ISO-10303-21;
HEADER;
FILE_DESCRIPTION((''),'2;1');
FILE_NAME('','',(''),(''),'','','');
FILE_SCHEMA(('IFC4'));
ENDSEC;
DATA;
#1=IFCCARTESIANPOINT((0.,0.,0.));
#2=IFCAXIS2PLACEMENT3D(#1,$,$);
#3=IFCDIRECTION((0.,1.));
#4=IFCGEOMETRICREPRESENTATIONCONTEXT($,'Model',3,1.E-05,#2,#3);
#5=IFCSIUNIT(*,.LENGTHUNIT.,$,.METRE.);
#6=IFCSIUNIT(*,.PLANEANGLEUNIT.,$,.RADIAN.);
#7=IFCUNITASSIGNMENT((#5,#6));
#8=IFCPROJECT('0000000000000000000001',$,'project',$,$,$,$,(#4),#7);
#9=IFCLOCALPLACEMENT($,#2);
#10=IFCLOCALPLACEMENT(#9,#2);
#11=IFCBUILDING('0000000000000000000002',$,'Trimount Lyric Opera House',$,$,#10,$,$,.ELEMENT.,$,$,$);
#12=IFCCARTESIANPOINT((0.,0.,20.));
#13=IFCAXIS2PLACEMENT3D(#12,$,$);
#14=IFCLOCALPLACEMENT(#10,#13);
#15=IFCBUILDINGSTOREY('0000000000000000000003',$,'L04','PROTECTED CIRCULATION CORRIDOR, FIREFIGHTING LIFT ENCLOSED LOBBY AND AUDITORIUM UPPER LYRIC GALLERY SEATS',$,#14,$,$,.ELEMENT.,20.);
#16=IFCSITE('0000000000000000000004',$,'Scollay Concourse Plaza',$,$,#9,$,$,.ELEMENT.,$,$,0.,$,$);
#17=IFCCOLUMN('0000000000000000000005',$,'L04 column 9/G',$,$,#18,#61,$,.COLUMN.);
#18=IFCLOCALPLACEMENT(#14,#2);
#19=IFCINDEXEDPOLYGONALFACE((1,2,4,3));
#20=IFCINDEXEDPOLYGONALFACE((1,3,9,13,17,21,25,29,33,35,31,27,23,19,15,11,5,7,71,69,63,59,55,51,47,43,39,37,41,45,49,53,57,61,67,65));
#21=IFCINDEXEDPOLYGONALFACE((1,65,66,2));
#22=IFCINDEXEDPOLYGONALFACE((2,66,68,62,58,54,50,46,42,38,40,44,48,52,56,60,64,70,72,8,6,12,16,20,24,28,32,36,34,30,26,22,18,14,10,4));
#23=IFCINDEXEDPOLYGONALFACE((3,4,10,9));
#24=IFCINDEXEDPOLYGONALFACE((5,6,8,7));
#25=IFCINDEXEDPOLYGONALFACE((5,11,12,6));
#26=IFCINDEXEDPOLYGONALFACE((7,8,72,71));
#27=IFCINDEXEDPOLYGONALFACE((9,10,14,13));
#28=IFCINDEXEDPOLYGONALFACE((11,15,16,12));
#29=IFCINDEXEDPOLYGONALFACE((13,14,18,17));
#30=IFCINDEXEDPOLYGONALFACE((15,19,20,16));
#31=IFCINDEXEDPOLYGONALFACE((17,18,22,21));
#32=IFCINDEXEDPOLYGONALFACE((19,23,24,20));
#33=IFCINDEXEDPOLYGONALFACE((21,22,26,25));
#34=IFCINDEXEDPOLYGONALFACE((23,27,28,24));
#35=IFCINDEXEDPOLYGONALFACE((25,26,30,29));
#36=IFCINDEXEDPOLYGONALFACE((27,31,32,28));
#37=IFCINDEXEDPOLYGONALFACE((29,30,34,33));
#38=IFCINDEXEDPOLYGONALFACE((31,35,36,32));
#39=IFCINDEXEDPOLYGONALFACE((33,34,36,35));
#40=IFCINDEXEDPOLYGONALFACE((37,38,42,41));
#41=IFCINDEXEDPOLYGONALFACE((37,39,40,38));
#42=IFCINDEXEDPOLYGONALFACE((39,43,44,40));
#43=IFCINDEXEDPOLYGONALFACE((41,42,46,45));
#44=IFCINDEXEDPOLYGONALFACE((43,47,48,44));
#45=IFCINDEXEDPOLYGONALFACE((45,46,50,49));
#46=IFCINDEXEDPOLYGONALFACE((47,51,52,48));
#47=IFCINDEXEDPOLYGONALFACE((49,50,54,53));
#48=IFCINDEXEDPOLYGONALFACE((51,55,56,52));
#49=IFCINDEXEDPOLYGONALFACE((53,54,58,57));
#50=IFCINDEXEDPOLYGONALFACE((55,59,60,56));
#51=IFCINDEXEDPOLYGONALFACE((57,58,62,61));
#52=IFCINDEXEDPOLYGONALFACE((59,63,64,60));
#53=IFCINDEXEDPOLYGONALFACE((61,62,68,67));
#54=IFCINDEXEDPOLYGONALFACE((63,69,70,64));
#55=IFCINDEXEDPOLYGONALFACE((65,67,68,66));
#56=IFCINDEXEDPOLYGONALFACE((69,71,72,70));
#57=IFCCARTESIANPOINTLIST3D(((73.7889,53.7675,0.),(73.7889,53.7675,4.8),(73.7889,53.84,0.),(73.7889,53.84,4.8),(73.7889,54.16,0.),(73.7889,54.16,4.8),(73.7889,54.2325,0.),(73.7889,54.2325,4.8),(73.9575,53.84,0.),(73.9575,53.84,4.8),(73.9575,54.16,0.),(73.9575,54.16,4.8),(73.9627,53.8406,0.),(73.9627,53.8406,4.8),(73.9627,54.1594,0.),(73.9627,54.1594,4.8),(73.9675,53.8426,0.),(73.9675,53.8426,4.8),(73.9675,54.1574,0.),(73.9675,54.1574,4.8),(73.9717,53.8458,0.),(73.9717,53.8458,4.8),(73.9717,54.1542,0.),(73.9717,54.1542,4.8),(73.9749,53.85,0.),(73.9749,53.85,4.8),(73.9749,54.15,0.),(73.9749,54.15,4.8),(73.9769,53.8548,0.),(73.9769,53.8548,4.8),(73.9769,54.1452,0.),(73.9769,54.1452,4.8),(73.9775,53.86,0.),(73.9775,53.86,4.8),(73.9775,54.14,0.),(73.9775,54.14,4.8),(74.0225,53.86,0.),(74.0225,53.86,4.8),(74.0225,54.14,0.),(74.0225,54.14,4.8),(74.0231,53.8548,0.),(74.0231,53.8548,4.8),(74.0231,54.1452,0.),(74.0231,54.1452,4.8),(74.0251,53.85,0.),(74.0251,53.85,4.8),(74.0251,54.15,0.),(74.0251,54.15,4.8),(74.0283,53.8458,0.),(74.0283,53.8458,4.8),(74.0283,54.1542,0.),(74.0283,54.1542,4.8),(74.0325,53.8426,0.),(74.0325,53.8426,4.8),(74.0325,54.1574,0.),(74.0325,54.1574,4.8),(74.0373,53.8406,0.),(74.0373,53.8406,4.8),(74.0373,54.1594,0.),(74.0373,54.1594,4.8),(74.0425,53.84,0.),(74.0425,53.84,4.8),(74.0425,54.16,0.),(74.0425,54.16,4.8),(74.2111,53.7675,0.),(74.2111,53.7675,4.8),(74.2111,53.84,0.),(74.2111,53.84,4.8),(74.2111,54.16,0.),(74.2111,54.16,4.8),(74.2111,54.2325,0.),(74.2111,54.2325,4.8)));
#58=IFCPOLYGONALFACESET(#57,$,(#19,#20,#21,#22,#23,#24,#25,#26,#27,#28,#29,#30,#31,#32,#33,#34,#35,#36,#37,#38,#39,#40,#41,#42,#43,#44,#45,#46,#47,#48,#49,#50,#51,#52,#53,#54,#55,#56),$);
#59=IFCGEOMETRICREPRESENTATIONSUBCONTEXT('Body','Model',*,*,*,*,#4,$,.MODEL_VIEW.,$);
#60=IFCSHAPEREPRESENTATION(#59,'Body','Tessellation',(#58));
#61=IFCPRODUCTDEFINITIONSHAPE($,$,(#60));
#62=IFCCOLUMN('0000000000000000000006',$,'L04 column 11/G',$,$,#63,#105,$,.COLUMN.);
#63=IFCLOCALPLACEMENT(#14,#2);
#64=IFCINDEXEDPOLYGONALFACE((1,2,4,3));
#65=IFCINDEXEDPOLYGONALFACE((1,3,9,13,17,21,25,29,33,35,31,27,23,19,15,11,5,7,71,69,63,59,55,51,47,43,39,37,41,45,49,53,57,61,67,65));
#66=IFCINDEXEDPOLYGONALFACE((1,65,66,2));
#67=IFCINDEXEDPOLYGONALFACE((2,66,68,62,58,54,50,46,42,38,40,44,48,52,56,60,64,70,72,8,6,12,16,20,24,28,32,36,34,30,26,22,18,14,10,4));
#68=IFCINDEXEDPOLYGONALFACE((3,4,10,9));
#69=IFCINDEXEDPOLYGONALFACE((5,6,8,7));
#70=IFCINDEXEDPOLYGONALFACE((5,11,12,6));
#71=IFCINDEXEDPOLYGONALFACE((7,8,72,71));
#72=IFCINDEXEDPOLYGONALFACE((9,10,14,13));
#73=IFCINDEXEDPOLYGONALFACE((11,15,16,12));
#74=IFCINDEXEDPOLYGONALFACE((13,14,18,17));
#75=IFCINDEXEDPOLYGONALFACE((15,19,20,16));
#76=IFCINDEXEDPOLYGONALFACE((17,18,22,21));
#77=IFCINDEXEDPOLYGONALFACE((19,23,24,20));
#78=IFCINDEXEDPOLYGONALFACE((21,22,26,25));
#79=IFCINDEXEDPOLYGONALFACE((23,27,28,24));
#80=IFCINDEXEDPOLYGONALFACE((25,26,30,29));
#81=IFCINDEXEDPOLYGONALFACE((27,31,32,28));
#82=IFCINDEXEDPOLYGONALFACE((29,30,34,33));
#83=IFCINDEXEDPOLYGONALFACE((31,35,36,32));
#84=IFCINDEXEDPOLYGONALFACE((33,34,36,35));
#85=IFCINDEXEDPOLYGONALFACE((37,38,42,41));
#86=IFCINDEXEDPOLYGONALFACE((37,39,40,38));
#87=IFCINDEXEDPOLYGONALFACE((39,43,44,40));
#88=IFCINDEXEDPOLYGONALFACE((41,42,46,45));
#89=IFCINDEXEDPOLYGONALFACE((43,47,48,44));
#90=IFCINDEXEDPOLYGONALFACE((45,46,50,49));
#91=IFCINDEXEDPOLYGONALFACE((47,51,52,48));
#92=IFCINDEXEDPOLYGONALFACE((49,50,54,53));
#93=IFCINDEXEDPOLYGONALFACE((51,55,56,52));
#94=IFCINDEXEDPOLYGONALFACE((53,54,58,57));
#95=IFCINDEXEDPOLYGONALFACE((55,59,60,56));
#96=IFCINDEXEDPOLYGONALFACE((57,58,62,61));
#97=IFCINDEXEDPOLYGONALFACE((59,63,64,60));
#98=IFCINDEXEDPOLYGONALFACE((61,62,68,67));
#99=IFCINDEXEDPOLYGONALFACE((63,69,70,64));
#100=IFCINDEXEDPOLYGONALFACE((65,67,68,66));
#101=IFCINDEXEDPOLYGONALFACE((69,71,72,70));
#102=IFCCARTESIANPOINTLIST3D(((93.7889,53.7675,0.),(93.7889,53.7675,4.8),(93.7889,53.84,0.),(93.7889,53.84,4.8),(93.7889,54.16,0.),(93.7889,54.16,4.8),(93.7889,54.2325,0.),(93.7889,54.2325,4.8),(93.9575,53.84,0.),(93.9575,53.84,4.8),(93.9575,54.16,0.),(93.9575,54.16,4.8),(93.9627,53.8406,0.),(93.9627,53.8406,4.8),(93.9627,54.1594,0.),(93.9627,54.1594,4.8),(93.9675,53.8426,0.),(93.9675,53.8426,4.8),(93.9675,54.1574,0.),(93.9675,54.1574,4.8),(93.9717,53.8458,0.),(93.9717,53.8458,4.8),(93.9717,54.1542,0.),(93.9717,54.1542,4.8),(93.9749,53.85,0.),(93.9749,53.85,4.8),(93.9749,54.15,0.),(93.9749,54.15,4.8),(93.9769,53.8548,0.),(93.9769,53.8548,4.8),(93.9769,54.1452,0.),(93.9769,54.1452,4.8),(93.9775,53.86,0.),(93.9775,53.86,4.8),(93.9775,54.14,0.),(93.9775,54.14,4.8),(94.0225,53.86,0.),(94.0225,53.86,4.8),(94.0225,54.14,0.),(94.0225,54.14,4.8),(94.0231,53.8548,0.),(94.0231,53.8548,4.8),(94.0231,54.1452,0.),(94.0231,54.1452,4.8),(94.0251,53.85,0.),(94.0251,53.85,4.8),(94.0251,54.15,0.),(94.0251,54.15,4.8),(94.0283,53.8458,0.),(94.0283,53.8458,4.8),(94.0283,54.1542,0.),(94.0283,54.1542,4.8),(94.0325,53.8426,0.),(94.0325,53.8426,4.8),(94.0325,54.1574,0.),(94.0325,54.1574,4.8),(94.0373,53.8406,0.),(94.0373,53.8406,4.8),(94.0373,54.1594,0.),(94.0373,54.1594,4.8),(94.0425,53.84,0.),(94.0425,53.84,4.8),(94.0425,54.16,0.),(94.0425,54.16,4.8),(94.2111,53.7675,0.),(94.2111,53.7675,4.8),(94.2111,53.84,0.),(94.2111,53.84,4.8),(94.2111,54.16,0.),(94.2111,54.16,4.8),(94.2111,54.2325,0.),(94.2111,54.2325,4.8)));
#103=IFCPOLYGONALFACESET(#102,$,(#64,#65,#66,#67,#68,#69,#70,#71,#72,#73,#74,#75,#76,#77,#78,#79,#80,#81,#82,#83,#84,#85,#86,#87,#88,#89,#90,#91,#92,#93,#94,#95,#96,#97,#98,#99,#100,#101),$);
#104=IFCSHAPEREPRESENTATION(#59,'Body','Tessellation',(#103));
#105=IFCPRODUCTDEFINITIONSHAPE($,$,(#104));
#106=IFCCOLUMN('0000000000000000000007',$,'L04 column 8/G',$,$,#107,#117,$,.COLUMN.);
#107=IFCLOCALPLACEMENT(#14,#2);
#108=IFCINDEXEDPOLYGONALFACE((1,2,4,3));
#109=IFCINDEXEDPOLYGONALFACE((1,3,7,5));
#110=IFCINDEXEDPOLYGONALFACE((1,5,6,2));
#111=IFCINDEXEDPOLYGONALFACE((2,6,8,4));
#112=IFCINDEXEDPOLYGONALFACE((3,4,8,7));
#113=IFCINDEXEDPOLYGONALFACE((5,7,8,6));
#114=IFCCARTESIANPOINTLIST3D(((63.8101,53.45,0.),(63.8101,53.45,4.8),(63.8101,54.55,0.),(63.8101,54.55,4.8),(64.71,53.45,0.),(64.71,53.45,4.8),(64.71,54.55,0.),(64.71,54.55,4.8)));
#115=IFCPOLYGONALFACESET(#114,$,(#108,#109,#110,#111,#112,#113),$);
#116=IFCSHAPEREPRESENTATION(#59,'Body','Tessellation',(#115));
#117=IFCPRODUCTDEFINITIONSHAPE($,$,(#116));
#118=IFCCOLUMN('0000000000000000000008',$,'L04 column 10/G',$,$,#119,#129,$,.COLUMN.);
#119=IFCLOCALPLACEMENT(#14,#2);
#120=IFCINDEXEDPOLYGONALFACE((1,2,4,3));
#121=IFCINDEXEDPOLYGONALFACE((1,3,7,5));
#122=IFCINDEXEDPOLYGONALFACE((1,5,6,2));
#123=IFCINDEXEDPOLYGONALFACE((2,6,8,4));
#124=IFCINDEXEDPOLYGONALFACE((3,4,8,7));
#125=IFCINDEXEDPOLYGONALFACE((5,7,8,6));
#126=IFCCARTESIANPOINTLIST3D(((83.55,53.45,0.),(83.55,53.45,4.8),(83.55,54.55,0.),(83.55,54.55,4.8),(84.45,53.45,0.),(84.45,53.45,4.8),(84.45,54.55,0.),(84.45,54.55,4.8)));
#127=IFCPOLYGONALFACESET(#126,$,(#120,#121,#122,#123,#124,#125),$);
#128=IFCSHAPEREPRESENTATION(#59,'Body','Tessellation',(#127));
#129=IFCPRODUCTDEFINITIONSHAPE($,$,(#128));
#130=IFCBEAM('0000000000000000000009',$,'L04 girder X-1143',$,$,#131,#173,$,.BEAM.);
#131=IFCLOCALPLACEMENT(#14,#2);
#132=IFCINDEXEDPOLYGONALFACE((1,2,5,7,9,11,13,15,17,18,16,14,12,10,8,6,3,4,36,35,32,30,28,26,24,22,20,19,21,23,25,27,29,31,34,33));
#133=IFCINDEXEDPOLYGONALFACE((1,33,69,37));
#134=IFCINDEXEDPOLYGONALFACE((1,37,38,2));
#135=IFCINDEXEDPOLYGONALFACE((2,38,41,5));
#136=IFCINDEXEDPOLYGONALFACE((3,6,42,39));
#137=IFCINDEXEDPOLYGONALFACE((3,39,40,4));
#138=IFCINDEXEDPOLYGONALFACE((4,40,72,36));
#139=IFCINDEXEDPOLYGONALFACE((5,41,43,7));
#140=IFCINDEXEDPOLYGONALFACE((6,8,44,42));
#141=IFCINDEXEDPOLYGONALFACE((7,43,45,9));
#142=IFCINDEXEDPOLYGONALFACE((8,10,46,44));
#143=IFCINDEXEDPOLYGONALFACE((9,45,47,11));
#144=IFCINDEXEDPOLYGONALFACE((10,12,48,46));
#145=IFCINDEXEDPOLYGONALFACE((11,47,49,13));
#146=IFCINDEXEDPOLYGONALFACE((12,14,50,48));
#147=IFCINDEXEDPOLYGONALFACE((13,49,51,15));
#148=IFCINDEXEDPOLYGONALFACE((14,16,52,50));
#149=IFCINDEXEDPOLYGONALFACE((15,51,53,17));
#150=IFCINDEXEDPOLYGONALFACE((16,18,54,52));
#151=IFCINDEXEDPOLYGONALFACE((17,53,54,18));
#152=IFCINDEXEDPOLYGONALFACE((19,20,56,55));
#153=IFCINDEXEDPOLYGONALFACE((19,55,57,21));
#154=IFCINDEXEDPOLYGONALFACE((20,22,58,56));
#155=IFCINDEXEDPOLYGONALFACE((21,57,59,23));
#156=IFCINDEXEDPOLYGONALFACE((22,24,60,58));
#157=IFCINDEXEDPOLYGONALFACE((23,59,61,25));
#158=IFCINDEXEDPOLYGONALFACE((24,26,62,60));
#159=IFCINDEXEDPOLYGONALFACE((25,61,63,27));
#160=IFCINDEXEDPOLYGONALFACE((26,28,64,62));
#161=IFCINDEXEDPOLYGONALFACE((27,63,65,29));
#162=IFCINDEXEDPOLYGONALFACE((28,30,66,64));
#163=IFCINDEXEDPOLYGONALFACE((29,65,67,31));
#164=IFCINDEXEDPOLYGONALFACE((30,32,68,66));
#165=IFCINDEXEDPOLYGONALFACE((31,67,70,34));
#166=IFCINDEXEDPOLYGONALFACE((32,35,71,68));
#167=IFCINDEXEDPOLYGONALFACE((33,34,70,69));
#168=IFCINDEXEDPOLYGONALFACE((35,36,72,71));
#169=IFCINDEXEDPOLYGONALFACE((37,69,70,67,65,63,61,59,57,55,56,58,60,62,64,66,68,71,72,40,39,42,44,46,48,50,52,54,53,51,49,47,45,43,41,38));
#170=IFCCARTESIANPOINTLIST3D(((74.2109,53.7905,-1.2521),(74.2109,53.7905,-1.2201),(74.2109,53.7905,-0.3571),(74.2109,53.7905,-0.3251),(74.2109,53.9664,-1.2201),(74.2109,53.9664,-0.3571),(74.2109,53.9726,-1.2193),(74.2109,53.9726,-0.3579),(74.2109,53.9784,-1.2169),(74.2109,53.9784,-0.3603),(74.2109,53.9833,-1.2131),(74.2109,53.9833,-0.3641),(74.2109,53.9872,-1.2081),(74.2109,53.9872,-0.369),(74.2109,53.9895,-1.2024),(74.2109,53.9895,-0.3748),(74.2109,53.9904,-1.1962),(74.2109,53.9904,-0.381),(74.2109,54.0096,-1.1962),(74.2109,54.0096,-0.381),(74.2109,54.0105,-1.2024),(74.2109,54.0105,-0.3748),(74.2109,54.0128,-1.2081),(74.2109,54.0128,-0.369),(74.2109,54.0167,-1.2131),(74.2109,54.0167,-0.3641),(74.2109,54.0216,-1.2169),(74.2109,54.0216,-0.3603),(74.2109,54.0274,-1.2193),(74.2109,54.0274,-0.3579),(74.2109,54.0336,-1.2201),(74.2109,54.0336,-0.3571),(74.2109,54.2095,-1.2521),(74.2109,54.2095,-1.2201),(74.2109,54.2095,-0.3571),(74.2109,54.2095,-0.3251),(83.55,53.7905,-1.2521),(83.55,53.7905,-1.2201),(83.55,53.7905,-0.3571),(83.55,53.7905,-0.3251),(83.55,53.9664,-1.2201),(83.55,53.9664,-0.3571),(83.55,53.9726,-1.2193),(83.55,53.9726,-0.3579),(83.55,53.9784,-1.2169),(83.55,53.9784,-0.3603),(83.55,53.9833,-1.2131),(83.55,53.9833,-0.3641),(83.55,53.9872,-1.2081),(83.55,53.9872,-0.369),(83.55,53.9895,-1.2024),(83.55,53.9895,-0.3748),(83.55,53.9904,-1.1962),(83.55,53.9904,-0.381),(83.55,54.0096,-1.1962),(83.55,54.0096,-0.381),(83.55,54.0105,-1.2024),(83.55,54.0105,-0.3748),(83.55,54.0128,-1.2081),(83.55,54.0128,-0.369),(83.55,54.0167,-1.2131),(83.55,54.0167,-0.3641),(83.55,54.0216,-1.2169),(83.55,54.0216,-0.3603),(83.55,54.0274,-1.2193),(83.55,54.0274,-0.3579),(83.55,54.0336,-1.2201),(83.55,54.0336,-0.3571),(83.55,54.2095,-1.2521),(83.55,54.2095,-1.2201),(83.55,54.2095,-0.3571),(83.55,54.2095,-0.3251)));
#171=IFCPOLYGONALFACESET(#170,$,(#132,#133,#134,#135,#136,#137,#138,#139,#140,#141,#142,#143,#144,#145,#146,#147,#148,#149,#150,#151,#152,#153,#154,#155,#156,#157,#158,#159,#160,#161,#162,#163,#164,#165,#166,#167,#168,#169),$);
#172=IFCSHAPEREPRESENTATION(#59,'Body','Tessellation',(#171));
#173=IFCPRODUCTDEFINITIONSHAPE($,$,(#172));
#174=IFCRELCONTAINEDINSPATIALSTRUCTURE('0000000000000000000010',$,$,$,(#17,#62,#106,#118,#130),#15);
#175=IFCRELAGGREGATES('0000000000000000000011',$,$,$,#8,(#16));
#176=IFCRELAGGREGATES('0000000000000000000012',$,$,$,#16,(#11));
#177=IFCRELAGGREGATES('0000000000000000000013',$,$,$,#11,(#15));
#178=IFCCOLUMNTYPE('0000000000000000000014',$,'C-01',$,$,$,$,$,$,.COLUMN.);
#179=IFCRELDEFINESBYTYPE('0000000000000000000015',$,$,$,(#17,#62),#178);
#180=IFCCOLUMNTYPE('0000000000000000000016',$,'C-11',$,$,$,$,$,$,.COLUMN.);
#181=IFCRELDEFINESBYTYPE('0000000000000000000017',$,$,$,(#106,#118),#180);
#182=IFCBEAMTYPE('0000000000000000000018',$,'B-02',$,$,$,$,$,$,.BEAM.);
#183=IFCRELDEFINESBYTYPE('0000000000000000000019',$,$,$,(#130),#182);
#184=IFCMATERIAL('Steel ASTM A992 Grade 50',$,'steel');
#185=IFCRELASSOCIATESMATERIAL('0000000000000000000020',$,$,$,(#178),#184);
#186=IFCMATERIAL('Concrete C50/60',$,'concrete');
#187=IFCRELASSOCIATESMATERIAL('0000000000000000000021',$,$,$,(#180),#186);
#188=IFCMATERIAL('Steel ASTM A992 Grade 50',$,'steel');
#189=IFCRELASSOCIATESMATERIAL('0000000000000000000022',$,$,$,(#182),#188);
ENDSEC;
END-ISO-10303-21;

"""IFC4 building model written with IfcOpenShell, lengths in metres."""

from ifc_helpers import new_model, si_unit, direction, frame, origin, origin_2d, place, context, subcontext, project, spatial, rectangle, i_section, extrude, material, material_profile, profile_set, type_object, element, save


model = new_model("IFC4")

# Units and contexts
model_context = context("Model", 3, precision=1e-05, world=origin(), true_north=direction((0.0, 1.0)))
body_context = subcontext(model_context, "Body", "Model", "MODEL_VIEW")
ifc_project = project(units=[si_unit("LENGTHUNIT", "METRE"), si_unit("PLANEANGLEUNIT", "RADIAN")], contexts=[model_context])

# Site, building, storey
site_placement = place(None, origin())
site = spatial("IfcSite", under=ifc_project, at=site_placement, Name="Scollay Concourse Plaza", CompositionType="ELEMENT", RefElevation=0.0)
building_placement = place(site_placement, origin())
building = spatial("IfcBuilding", under=site, at=building_placement, Name="Trimount Lyric Opera House", CompositionType="ELEMENT")
storey_placement = place(building_placement, frame((0.0, 0.0, 20.0)))
storey = spatial("IfcBuildingStorey", under=building, at=storey_placement, Name="L04", Description="PROTECTED CIRCULATION CORRIDOR, FIREFIGHTING LIFT ENCLOSED LOBBY AND AUDITORIUM UPPER LYRIC GALLERY SEATS", CompositionType="ELEMENT", Elevation=20.0)

# Columns
ifc_material_1 = material(Name="Steel ASTM A992 Grade 50", Category="steel")
ifc_material_profile_1 = material_profile(ifc_material_1, i_section(OverallWidth=0.4221, OverallDepth=0.4651, WebThickness=0.0449, FlangeThickness=0.0725, FilletRadius=0.02, at=origin_2d()), Name="W14X398")
ifc_profile_set_1 = profile_set([ifc_material_profile_1], Name="Steel ASTM A992 Grade 50")
column_type_1 = type_object("IfcColumnType", Name="C-01", PredefinedType="COLUMN", material=ifc_profile_set_1)
for number, where, z_axis, x_axis, name in (
    (1, (74.0, 54.0, 0.0), (0.0, 0.0, 1.0), (1.0, 0.0, 0.0), "L04 column 9/G"),
    (2, (94.0, 54.0, 0.0), (0.0, 0.0, 1.0), (1.0, 0.0, 0.0), "L04 column 11/G"),
):
    element("IfcColumn", number, at=place(storey_placement, frame(where, z_axis=z_axis, x_axis=x_axis)), inside=storey, type_object=column_type_1, Name=name, PredefinedType="COLUMN", context=body_context, shape_type="SweptSolid", body=[
        extrude(i_section(OverallWidth=0.4221, OverallDepth=0.4651, WebThickness=0.0449, FlangeThickness=0.0725, FilletRadius=0.02, at=origin_2d()), origin(), (0.0, 0.0, 1.0), 4.8),
    ])
ifc_material_2 = material(Name="Concrete C50/60", Category="concrete")
ifc_material_profile_2 = material_profile(ifc_material_2, rectangle(XDim=0.8999, YDim=1.1001, at=origin_2d()), Name="RC1100X900")
ifc_profile_set_2 = profile_set([ifc_material_profile_2], Name="Concrete C50/60")
column_type_2 = type_object("IfcColumnType", Name="C-11", PredefinedType="COLUMN", material=ifc_profile_set_2)
for number, where, z_axis, x_axis, name in (
    (3, (64.26, 54.0, 0.0), (0.0, 0.0, 1.0), (1.0, 0.0, 0.0), "L04 column 8/G"),
    (4, (84.0, 54.0, 0.0), (0.0, 0.0, 1.0), (1.0, 0.0, 0.0), "L04 column 10/G"),
):
    element("IfcColumn", number, at=place(storey_placement, frame(where, z_axis=z_axis, x_axis=x_axis)), inside=storey, type_object=column_type_2, Name=name, PredefinedType="COLUMN", context=body_context, shape_type="SweptSolid", body=[
        extrude(rectangle(XDim=0.8999, YDim=1.1001, at=origin_2d()), origin(), (0.0, 0.0, 1.0), 4.8),
    ])

# Beam
ifc_material_3 = material(Name="Steel ASTM A992 Grade 50", Category="steel")
ifc_material_profile_3 = material_profile(ifc_material_3, i_section(OverallWidth=0.4189, OverallDepth=0.927, WebThickness=0.0193, FlangeThickness=0.032, FilletRadius=0.0239, at=origin_2d()), Name="W36X231")
ifc_profile_set_3 = profile_set([ifc_material_profile_3], Name="Steel ASTM A992 Grade 50")
beam_type_1 = type_object("IfcBeamType", Name="B-02", PredefinedType="BEAM", material=ifc_profile_set_3)
beam_1_placement = place(storey_placement, frame((74.2109, 54.0, -0.7886), z_axis=(1.0, 0.0, 0.0), x_axis=(0.0, 1.0, 0.0)))
element("IfcBeam", 5, at=beam_1_placement, inside=storey, type_object=beam_type_1, Name="L04 girder X-1143", PredefinedType="BEAM", context=body_context, shape_type="SweptSolid", body=[
    extrude(i_section(OverallWidth=0.4189, OverallDepth=0.927, WebThickness=0.0193, FlangeThickness=0.032, FilletRadius=0.0239, at=origin_2d()), origin(), (0.0, 0.0, 1.0), 9.3391),
])

save(model, "model.ifc")
